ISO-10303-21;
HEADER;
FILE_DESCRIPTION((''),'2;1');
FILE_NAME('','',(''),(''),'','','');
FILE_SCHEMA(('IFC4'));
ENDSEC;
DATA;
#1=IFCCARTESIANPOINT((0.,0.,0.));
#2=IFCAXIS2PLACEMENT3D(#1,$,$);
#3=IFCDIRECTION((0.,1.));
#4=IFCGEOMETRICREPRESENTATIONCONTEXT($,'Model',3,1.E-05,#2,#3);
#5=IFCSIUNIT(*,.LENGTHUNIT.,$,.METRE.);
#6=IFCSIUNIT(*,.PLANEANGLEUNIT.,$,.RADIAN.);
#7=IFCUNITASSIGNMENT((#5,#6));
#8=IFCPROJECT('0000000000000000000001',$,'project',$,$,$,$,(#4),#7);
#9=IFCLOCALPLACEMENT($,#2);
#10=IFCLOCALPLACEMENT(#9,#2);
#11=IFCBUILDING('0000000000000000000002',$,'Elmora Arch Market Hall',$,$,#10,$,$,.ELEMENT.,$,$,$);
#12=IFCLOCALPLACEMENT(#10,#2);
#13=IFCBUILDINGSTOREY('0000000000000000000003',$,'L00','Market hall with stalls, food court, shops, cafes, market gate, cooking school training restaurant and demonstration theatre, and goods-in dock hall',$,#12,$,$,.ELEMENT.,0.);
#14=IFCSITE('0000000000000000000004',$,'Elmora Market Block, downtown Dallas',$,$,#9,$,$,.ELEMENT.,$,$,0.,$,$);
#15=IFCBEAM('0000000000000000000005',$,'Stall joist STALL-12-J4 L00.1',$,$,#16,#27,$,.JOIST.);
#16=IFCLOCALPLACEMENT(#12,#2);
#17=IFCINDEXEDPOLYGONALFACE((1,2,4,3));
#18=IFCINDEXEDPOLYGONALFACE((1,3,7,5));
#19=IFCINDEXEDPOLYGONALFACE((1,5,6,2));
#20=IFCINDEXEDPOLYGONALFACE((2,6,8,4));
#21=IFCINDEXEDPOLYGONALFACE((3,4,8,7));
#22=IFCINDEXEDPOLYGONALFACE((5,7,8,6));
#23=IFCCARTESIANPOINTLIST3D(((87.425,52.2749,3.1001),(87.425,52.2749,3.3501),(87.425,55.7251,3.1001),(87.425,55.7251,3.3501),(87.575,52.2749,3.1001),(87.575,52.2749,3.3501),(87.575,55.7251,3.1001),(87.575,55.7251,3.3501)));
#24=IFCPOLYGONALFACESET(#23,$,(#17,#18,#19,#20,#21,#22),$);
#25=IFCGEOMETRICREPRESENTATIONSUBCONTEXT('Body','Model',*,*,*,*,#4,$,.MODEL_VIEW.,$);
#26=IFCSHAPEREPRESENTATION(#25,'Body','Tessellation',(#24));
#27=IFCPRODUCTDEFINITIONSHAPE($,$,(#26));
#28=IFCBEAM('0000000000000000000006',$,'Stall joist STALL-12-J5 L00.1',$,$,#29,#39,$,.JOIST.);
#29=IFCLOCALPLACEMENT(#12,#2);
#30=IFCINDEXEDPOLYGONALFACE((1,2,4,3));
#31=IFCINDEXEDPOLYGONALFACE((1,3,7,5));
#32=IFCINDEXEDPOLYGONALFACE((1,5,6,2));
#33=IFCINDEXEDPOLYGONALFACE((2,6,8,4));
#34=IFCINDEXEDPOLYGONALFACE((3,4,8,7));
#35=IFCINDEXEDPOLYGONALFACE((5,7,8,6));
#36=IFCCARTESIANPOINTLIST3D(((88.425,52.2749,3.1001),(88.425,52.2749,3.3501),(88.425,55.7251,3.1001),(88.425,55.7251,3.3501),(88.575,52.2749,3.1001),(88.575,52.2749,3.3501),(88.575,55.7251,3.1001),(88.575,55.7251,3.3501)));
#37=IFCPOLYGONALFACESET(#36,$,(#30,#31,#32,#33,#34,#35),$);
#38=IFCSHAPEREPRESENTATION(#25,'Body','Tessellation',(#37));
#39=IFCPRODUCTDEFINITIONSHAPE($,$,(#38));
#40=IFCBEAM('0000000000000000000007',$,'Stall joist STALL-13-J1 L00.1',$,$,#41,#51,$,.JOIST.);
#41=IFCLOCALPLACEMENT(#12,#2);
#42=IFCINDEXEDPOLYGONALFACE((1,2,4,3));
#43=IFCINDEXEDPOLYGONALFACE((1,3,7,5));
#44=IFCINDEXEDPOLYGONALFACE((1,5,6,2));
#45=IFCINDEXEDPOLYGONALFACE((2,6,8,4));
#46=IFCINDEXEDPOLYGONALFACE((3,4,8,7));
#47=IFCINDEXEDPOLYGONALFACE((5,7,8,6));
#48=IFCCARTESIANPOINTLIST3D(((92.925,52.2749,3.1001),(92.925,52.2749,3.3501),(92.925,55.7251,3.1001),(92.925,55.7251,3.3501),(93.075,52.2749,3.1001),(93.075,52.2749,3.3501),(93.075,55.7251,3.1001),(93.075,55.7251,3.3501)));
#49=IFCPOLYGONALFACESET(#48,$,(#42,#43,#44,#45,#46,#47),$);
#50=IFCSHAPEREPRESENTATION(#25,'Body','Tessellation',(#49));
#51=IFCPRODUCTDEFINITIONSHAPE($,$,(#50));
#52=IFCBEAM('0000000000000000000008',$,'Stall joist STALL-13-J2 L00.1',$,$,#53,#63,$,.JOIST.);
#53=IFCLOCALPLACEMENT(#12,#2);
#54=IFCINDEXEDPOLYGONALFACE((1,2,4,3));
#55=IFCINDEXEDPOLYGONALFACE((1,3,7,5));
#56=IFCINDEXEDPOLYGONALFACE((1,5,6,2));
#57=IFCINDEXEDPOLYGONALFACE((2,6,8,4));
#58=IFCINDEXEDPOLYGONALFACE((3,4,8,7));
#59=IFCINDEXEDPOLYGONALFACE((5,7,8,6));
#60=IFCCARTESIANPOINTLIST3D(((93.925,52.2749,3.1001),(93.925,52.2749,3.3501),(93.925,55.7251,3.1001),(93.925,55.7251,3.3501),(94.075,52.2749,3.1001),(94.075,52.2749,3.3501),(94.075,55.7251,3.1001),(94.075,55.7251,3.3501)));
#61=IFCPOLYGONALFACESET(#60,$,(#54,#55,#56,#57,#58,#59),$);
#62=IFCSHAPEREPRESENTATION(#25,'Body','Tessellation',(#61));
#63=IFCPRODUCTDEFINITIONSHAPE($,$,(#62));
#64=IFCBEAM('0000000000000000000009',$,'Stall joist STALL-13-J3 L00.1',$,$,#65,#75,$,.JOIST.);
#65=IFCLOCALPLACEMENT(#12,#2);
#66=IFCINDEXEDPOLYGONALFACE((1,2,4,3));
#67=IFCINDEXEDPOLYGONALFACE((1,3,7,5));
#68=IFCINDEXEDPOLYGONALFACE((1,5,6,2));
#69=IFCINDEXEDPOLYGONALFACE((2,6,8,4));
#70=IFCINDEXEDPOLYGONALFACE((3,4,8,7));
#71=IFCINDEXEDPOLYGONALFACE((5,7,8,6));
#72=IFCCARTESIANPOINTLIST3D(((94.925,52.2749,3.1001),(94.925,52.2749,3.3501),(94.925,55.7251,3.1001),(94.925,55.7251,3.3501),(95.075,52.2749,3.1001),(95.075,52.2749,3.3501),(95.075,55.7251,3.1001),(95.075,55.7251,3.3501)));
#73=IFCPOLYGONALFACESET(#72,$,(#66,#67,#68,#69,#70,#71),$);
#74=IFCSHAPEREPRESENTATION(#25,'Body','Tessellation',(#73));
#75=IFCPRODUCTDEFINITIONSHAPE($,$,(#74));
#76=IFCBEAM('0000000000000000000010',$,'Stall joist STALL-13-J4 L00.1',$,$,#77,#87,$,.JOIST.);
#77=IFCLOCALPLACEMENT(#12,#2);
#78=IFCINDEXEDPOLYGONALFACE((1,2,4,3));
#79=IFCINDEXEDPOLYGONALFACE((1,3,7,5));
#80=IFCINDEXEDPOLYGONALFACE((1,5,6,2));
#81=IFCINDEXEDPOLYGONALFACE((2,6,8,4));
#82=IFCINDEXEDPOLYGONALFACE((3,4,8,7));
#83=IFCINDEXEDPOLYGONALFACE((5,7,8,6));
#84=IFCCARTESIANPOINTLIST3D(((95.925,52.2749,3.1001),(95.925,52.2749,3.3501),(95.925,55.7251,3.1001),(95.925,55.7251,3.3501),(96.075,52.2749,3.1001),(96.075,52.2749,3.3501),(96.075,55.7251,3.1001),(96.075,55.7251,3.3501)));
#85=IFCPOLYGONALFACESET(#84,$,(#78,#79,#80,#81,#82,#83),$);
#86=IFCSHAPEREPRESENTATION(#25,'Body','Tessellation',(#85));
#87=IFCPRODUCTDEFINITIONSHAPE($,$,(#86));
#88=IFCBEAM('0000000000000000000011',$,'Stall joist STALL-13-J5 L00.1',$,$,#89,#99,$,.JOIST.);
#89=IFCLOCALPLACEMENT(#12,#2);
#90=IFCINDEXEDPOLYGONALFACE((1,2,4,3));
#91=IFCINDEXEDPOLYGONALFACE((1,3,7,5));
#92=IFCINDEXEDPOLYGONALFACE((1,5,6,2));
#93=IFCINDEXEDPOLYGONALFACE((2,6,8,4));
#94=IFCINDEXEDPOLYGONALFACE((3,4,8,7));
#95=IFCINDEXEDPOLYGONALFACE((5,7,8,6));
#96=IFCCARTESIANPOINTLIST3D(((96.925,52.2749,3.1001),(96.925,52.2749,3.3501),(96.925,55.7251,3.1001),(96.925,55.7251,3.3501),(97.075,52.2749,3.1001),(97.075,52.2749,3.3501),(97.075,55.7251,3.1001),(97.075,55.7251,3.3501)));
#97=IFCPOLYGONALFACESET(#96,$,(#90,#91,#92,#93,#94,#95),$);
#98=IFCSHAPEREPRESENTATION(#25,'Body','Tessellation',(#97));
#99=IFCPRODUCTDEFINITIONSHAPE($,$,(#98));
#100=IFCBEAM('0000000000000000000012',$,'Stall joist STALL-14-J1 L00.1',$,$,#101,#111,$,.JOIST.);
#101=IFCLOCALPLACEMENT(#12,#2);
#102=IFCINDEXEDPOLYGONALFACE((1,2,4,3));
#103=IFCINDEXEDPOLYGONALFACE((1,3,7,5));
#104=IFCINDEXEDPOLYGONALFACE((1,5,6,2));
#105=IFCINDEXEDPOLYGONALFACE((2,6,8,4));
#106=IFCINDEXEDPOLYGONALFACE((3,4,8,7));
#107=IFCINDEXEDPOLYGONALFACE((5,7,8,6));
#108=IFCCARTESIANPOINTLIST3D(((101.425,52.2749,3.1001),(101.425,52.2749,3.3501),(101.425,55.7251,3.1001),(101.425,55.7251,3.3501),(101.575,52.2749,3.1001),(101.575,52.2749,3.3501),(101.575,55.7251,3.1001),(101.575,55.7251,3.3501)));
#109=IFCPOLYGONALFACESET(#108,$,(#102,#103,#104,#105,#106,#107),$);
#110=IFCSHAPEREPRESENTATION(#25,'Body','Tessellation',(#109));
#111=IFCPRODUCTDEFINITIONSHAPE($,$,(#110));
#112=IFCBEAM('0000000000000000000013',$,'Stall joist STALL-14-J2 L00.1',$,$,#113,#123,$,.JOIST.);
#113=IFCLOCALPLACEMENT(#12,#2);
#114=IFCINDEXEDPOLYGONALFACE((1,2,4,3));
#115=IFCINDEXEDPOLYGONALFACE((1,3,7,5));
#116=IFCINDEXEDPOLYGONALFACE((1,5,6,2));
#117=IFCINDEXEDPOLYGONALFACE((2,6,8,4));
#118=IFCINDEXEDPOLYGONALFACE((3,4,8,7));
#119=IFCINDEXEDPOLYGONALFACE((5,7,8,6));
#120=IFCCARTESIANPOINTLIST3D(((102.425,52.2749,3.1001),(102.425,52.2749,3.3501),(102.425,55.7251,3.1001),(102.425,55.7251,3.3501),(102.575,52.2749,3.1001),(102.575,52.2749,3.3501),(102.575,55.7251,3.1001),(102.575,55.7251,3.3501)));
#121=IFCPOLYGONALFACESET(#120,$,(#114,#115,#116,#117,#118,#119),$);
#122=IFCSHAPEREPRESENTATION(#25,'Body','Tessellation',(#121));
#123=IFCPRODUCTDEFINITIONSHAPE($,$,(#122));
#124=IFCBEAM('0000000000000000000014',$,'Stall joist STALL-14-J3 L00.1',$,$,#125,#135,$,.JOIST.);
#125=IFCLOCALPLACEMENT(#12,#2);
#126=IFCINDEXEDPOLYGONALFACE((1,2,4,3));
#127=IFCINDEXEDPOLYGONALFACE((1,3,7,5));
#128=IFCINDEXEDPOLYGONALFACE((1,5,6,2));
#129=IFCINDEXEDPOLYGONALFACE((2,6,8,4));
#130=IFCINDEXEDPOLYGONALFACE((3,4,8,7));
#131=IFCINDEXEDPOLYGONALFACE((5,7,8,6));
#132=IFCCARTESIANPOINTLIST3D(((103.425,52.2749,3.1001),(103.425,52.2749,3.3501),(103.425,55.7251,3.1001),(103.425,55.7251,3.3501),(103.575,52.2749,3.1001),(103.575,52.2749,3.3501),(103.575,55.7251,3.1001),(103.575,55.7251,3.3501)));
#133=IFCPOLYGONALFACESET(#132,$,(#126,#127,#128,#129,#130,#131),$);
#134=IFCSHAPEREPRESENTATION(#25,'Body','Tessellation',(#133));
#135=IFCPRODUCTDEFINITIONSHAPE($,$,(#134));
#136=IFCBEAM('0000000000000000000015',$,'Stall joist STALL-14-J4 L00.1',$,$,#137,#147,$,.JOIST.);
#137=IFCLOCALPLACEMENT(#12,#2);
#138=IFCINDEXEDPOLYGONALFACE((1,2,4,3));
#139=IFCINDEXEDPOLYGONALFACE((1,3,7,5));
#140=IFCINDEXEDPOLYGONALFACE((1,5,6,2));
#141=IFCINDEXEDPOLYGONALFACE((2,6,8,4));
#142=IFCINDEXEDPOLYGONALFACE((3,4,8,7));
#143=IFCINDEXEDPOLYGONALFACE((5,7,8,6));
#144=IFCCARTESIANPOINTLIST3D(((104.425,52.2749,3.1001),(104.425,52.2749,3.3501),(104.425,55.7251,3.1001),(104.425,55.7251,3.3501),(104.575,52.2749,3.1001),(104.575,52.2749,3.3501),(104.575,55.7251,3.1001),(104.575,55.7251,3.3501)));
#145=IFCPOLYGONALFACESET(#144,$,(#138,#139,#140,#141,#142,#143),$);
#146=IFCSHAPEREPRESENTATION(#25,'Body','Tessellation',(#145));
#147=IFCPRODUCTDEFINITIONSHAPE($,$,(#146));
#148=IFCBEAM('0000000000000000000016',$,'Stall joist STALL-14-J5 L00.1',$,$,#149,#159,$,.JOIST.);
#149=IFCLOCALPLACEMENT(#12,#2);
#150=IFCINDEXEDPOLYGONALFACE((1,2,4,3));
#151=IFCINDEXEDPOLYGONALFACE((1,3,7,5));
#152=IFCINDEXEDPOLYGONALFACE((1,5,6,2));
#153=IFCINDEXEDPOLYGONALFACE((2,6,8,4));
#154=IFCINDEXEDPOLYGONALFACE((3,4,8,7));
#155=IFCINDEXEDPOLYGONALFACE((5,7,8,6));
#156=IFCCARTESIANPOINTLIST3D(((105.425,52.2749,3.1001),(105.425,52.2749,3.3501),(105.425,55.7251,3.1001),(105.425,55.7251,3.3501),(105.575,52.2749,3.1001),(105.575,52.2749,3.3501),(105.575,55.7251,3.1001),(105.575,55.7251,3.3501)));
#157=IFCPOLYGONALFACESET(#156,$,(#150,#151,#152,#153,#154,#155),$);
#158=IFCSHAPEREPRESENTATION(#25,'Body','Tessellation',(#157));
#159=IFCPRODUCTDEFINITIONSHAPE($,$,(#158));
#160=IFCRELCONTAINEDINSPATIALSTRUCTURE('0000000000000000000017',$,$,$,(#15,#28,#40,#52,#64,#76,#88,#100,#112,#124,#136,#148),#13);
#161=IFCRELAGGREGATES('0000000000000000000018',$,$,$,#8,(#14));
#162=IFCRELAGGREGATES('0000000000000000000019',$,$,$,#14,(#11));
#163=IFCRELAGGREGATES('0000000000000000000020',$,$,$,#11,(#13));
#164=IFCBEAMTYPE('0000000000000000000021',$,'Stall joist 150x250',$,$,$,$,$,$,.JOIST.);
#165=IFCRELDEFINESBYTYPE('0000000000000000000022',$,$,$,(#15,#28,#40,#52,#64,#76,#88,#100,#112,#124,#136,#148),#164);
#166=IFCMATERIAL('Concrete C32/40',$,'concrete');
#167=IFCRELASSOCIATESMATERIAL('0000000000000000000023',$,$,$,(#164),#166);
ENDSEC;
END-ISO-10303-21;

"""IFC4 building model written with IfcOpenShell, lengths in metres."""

from ifc_helpers import new_model, si_unit, direction, frame, origin, origin_2d, place, context, subcontext, project, spatial, rectangle, extrude, material, material_profile, profile_set, type_object, element, save


model = new_model("IFC4")

# Units and contexts
model_context = context("Model", 3, precision=1e-05, world=origin(), true_north=direction((0.0, 1.0)))
body_context = subcontext(model_context, "Body", "Model", "MODEL_VIEW")
ifc_project = project(units=[si_unit("LENGTHUNIT", "METRE"), si_unit("PLANEANGLEUNIT", "RADIAN")], contexts=[model_context])

# Site, building, storey
site_placement = place(None, origin())
site = spatial("IfcSite", under=ifc_project, at=site_placement, Name="Elmora Market Block, downtown Dallas", CompositionType="ELEMENT", RefElevation=0.0)
building_placement = place(site_placement, origin())
building = spatial("IfcBuilding", under=site, at=building_placement, Name="Elmora Arch Market Hall", CompositionType="ELEMENT")
storey_placement = place(building_placement, origin())
storey = spatial("IfcBuildingStorey", under=building, at=storey_placement, Name="L00", Description="Market hall with stalls, food court, shops, cafes, market gate, cooking school training restaurant and demonstration theatre, and goods-in dock hall", CompositionType="ELEMENT", Elevation=0.0)

# Beams
ifc_material_1 = material(Name="Concrete C32/40", Category="concrete")
ifc_material_profile_1 = material_profile(ifc_material_1, rectangle(XDim=0.1499, YDim=0.25, at=origin_2d()), Name="Stall joist 150x250")
ifc_profile_set_1 = profile_set([ifc_material_profile_1], Name="Concrete C32/40")
beam_type_1 = type_object("IfcBeamType", Name="Stall joist 150x250", PredefinedType="JOIST", material=ifc_profile_set_1)
for number, where, z_axis, x_axis, name in (
    (1, (87.5, 52.2749, 3.2251), (0.0, 1.0, 0.0), (-1.0, 0.0, 0.0), "Stall joist STALL-12-J4 L00.1"),
    (2, (88.5, 52.2749, 3.2251), (0.0, 1.0, 0.0), (-1.0, 0.0, 0.0), "Stall joist STALL-12-J5 L00.1"),
    (3, (93.0, 52.2749, 3.2251), (0.0, 1.0, 0.0), (-1.0, 0.0, 0.0), "Stall joist STALL-13-J1 L00.1"),
    (4, (94.0, 52.2749, 3.2251), (0.0, 1.0, 0.0), (-1.0, 0.0, 0.0), "Stall joist STALL-13-J2 L00.1"),
    (5, (95.0, 52.2749, 3.2251), (0.0, 1.0, 0.0), (-1.0, 0.0, 0.0), "Stall joist STALL-13-J3 L00.1"),
    (6, (96.0, 52.2749, 3.2251), (0.0, 1.0, 0.0), (-1.0, 0.0, 0.0), "Stall joist STALL-13-J4 L00.1"),
    (7, (97.0, 52.2749, 3.2251), (0.0, 1.0, 0.0), (-1.0, 0.0, 0.0), "Stall joist STALL-13-J5 L00.1"),
    (8, (101.5, 52.2749, 3.2251), (0.0, 1.0, 0.0), (-1.0, 0.0, 0.0), "Stall joist STALL-14-J1 L00.1"),
    (9, (102.5, 52.2749, 3.2251), (0.0, 1.0, 0.0), (-1.0, 0.0, 0.0), "Stall joist STALL-14-J2 L00.1"),
    (10, (103.5, 52.2749, 3.2251), (0.0, 1.0, 0.0), (-1.0, 0.0, 0.0), "Stall joist STALL-14-J3 L00.1"),
    (11, (104.5, 52.2749, 3.2251), (0.0, 1.0, 0.0), (-1.0, 0.0, 0.0), "Stall joist STALL-14-J4 L00.1"),
    (12, (105.5, 52.2749, 3.2251), (0.0, 1.0, 0.0), (-1.0, 0.0, 0.0), "Stall joist STALL-14-J5 L00.1"),
):
    element("IfcBeam", number, at=place(storey_placement, frame(where, z_axis=z_axis, x_axis=x_axis)), inside=storey, type_object=beam_type_1, Name=name, PredefinedType="JOIST", context=body_context, shape_type="SweptSolid", body=[
        extrude(rectangle(XDim=0.1499, YDim=0.25, at=origin_2d()), origin(), (0.0, 0.0, 1.0), 3.4502),
    ])

save(model, "model.ifc")
